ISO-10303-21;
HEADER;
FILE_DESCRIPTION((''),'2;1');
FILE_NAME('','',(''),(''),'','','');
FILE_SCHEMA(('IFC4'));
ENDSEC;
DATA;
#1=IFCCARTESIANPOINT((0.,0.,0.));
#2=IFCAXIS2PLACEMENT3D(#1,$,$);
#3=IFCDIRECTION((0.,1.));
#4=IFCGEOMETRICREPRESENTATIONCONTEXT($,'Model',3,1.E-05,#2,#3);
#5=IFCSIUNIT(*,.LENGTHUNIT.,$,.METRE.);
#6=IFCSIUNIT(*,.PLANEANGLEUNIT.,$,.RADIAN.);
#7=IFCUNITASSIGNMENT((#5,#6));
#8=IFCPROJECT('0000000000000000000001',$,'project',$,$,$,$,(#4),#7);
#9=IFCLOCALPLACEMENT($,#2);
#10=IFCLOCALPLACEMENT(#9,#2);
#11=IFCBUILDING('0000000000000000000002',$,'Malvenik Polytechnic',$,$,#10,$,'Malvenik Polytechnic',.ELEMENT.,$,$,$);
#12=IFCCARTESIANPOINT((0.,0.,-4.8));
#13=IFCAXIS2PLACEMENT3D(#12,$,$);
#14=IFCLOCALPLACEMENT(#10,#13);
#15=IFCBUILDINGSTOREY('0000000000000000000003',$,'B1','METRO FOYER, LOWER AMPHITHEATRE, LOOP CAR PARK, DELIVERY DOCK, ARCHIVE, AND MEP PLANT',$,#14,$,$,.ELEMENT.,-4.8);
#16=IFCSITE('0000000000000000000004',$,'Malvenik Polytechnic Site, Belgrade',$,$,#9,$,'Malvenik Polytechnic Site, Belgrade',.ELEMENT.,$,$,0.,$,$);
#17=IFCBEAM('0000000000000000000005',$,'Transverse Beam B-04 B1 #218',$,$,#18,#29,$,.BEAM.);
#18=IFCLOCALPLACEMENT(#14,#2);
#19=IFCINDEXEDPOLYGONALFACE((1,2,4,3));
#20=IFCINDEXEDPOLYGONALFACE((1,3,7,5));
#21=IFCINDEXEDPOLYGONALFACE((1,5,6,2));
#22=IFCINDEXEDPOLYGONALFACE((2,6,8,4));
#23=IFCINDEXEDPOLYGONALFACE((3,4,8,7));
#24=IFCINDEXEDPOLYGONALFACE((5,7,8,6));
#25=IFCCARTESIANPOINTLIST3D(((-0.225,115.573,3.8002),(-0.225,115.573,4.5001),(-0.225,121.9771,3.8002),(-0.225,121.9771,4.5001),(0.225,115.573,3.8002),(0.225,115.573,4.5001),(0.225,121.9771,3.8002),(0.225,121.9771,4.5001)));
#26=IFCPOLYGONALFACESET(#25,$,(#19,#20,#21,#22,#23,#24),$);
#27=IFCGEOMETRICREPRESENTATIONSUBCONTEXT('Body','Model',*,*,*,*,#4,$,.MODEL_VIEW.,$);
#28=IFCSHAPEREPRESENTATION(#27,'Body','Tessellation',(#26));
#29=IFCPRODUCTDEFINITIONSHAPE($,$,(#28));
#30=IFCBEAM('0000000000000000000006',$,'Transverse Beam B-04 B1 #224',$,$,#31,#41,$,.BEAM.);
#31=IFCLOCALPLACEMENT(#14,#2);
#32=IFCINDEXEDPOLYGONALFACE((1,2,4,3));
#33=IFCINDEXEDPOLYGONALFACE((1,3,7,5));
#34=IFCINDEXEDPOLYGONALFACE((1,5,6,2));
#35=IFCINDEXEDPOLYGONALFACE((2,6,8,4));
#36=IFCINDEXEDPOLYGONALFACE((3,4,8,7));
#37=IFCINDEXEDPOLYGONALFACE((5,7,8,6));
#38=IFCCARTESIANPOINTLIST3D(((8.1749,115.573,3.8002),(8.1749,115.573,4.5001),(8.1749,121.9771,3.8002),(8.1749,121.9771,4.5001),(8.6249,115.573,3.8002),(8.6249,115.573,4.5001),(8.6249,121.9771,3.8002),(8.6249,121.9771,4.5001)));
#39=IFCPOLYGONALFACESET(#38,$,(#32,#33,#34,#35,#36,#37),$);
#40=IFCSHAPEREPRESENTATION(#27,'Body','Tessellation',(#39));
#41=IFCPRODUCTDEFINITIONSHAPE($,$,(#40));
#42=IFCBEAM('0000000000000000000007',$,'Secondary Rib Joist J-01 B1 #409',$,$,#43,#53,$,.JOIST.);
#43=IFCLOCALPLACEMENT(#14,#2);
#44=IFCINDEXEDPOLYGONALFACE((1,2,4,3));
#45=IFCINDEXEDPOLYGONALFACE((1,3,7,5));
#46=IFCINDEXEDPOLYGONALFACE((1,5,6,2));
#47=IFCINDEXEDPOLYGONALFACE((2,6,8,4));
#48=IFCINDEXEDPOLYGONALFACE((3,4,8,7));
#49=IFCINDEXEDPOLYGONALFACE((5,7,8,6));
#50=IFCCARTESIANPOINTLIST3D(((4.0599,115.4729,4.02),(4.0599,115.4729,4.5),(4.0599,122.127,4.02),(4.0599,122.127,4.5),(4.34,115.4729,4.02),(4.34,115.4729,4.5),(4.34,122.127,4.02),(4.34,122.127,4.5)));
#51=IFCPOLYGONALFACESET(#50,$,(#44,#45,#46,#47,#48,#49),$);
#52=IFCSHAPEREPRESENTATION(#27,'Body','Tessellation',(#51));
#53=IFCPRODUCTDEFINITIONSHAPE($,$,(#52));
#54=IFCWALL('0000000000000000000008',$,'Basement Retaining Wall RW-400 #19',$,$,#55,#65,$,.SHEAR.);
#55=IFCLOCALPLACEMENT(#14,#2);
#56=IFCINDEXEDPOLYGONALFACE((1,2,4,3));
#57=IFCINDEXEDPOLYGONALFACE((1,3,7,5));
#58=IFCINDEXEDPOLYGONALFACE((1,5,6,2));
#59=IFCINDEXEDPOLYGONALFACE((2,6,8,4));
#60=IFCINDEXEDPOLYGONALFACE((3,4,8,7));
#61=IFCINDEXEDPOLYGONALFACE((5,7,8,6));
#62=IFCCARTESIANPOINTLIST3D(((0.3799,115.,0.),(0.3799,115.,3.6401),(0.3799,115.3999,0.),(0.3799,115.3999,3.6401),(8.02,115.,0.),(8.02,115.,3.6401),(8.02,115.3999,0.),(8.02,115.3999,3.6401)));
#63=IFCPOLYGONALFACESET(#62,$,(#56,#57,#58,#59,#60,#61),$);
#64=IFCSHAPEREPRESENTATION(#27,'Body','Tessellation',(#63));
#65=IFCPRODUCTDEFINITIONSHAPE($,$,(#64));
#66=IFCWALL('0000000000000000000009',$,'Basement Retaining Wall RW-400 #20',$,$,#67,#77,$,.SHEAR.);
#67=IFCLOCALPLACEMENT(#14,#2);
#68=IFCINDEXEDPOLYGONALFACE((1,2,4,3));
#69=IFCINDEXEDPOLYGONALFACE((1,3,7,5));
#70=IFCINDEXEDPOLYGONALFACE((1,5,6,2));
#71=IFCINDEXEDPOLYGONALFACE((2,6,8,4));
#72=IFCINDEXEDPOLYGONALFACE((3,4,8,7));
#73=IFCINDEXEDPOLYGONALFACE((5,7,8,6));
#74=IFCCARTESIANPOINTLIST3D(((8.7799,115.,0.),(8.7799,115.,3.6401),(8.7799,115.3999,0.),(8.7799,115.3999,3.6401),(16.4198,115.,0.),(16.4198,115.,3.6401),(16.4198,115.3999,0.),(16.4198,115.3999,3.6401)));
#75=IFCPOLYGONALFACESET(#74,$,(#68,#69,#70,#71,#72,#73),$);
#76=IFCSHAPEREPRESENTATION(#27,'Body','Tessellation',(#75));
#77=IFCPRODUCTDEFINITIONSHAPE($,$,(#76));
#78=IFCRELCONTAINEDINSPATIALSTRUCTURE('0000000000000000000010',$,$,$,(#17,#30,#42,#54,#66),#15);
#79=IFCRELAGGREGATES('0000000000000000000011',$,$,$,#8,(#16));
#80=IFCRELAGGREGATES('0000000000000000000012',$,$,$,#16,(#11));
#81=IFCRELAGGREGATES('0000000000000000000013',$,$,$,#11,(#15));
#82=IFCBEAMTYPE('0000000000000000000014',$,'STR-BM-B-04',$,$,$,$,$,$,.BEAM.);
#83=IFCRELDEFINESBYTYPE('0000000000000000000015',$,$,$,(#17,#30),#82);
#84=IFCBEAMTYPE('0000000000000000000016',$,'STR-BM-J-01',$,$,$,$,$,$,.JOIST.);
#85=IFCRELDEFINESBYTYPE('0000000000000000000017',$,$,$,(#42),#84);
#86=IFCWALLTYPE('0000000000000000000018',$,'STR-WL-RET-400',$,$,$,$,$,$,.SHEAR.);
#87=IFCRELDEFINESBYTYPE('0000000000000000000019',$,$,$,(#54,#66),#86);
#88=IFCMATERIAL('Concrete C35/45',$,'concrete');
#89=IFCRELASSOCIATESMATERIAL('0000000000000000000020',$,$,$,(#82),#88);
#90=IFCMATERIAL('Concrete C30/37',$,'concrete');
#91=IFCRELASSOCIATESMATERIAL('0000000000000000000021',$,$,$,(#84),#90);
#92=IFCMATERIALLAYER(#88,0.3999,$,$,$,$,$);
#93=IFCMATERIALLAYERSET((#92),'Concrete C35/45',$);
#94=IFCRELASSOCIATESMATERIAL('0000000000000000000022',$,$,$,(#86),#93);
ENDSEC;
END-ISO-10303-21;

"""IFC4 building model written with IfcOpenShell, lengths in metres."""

from ifc_helpers import new_model, si_unit, direction, frame, frame_2d, origin, origin_2d, place, context, subcontext, project, spatial, rectangle, extrude, material, layer, layer_set, material_profile, profile_set, type_object, element, save


model = new_model("IFC4")

# Units and contexts
model_context = context("Model", 3, precision=1e-05, world=origin(), true_north=direction((0.0, 1.0)))
body_context = subcontext(model_context, "Body", "Model", "MODEL_VIEW")
ifc_project = project(units=[si_unit("LENGTHUNIT", "METRE"), si_unit("PLANEANGLEUNIT", "RADIAN")], contexts=[model_context])

# Site, building, storey
site_placement = place(None, origin())
site = spatial("IfcSite", under=ifc_project, at=site_placement, Name="Malvenik Polytechnic Site, Belgrade", LongName="Malvenik Polytechnic Site, Belgrade", CompositionType="ELEMENT", RefElevation=0.0)
building_placement = place(site_placement, origin())
building = spatial("IfcBuilding", under=site, at=building_placement, Name="Malvenik Polytechnic", LongName="Malvenik Polytechnic", CompositionType="ELEMENT")
storey_placement = place(building_placement, frame((0.0, 0.0, -4.8)))
storey = spatial("IfcBuildingStorey", under=building, at=storey_placement, Name="B1", Description="METRO FOYER, LOWER AMPHITHEATRE, LOOP CAR PARK, DELIVERY DOCK, ARCHIVE, AND MEP PLANT", CompositionType="ELEMENT", Elevation=-4.8)

# Shared definitions
ifc_material_1 = material(Name="Concrete C35/45", Category="concrete")

# Beams
ifc_material_profile_1 = material_profile(ifc_material_1, rectangle(XDim=0.45, YDim=0.7, at=origin_2d()), Name="RC BM 450x700")
ifc_profile_set_1 = profile_set([ifc_material_profile_1], Name="Concrete C35/45")
beam_type_1 = type_object("IfcBeamType", Name="STR-BM-B-04", PredefinedType="BEAM", material=ifc_profile_set_1)
for number, where, z_axis, x_axis, name in (
    (1, (0.0, 115.573, 4.1501), (0.0, 1.0, 0.0), (-1.0, 0.0, 0.0), "Transverse Beam B-04 B1 #218"),
    (2, (8.3999, 115.573, 4.1501), (0.0, 1.0, 0.0), (-1.0, 0.0, 0.0), "Transverse Beam B-04 B1 #224"),
):
    element("IfcBeam", number, at=place(storey_placement, frame(where, z_axis=z_axis, x_axis=x_axis)), inside=storey, type_object=beam_type_1, Name=name, PredefinedType="BEAM", context=body_context, shape_type="SweptSolid", body=[
        extrude(rectangle(XDim=0.45, YDim=0.7, at=origin_2d()), origin(), (0.0, 0.0, 1.0), 6.4041),
    ])
ifc_material_2 = material(Name="Concrete C30/37", Category="concrete")
ifc_material_profile_2 = material_profile(ifc_material_2, rectangle(XDim=0.28, YDim=0.48, at=origin_2d()), Name="RC JST 280x480")
ifc_profile_set_2 = profile_set([ifc_material_profile_2], Name="Concrete C30/37")
beam_type_2 = type_object("IfcBeamType", Name="STR-BM-J-01", PredefinedType="JOIST", material=ifc_profile_set_2)
beam_placement = place(storey_placement, frame((4.2, 115.4729, 4.26), z_axis=(0.0, 1.0, 0.0), x_axis=(-1.0, 0.0, 0.0)))
element("IfcBeam", 3, at=beam_placement, inside=storey, type_object=beam_type_2, Name="Secondary Rib Joist J-01 B1 #409", PredefinedType="JOIST", context=body_context, shape_type="SweptSolid", body=[
    extrude(rectangle(XDim=0.28, YDim=0.48, at=origin_2d()), origin(), (0.0, 0.0, 1.0), 6.6541),
])

# Walls
ifc_layer = layer(ifc_material_1, 0.3999)
ifc_layer_set = layer_set([ifc_layer], Name="Concrete C35/45")
wall_type = type_object("IfcWallType", Name="STR-WL-RET-400", PredefinedType="SHEAR", material=ifc_layer_set)
wall_1_placement = place(storey_placement, frame((0.3799, 115.2, 0.0), z_axis=(0.0, 0.0, 1.0), x_axis=(1.0, 0.0, 0.0)))
element("IfcWall", 4, at=wall_1_placement, inside=storey, type_object=wall_type, Name="Basement Retaining Wall RW-400 #19", PredefinedType="SHEAR", context=body_context, shape_type="SweptSolid", body=[
    extrude(rectangle(XDim=7.6401, YDim=0.3999, at=frame_2d((3.8201, 0.0))), origin(), (0.0, 0.0, 1.0), 3.6401),
])
wall_2_placement = place(storey_placement, frame((8.78, 115.2, 0.0), z_axis=(0.0, 0.0, 1.0), x_axis=(1.0, 0.0, 0.0)))
element("IfcWall", 5, at=wall_2_placement, inside=storey, type_object=wall_type, Name="Basement Retaining Wall RW-400 #20", PredefinedType="SHEAR", context=body_context, shape_type="SweptSolid", body=[
    extrude(rectangle(XDim=7.6399, YDim=0.3999, at=frame_2d((3.8198, 0.0))), origin(), (0.0, 0.0, 1.0), 3.6401),
])

save(model, "model.ifc")
